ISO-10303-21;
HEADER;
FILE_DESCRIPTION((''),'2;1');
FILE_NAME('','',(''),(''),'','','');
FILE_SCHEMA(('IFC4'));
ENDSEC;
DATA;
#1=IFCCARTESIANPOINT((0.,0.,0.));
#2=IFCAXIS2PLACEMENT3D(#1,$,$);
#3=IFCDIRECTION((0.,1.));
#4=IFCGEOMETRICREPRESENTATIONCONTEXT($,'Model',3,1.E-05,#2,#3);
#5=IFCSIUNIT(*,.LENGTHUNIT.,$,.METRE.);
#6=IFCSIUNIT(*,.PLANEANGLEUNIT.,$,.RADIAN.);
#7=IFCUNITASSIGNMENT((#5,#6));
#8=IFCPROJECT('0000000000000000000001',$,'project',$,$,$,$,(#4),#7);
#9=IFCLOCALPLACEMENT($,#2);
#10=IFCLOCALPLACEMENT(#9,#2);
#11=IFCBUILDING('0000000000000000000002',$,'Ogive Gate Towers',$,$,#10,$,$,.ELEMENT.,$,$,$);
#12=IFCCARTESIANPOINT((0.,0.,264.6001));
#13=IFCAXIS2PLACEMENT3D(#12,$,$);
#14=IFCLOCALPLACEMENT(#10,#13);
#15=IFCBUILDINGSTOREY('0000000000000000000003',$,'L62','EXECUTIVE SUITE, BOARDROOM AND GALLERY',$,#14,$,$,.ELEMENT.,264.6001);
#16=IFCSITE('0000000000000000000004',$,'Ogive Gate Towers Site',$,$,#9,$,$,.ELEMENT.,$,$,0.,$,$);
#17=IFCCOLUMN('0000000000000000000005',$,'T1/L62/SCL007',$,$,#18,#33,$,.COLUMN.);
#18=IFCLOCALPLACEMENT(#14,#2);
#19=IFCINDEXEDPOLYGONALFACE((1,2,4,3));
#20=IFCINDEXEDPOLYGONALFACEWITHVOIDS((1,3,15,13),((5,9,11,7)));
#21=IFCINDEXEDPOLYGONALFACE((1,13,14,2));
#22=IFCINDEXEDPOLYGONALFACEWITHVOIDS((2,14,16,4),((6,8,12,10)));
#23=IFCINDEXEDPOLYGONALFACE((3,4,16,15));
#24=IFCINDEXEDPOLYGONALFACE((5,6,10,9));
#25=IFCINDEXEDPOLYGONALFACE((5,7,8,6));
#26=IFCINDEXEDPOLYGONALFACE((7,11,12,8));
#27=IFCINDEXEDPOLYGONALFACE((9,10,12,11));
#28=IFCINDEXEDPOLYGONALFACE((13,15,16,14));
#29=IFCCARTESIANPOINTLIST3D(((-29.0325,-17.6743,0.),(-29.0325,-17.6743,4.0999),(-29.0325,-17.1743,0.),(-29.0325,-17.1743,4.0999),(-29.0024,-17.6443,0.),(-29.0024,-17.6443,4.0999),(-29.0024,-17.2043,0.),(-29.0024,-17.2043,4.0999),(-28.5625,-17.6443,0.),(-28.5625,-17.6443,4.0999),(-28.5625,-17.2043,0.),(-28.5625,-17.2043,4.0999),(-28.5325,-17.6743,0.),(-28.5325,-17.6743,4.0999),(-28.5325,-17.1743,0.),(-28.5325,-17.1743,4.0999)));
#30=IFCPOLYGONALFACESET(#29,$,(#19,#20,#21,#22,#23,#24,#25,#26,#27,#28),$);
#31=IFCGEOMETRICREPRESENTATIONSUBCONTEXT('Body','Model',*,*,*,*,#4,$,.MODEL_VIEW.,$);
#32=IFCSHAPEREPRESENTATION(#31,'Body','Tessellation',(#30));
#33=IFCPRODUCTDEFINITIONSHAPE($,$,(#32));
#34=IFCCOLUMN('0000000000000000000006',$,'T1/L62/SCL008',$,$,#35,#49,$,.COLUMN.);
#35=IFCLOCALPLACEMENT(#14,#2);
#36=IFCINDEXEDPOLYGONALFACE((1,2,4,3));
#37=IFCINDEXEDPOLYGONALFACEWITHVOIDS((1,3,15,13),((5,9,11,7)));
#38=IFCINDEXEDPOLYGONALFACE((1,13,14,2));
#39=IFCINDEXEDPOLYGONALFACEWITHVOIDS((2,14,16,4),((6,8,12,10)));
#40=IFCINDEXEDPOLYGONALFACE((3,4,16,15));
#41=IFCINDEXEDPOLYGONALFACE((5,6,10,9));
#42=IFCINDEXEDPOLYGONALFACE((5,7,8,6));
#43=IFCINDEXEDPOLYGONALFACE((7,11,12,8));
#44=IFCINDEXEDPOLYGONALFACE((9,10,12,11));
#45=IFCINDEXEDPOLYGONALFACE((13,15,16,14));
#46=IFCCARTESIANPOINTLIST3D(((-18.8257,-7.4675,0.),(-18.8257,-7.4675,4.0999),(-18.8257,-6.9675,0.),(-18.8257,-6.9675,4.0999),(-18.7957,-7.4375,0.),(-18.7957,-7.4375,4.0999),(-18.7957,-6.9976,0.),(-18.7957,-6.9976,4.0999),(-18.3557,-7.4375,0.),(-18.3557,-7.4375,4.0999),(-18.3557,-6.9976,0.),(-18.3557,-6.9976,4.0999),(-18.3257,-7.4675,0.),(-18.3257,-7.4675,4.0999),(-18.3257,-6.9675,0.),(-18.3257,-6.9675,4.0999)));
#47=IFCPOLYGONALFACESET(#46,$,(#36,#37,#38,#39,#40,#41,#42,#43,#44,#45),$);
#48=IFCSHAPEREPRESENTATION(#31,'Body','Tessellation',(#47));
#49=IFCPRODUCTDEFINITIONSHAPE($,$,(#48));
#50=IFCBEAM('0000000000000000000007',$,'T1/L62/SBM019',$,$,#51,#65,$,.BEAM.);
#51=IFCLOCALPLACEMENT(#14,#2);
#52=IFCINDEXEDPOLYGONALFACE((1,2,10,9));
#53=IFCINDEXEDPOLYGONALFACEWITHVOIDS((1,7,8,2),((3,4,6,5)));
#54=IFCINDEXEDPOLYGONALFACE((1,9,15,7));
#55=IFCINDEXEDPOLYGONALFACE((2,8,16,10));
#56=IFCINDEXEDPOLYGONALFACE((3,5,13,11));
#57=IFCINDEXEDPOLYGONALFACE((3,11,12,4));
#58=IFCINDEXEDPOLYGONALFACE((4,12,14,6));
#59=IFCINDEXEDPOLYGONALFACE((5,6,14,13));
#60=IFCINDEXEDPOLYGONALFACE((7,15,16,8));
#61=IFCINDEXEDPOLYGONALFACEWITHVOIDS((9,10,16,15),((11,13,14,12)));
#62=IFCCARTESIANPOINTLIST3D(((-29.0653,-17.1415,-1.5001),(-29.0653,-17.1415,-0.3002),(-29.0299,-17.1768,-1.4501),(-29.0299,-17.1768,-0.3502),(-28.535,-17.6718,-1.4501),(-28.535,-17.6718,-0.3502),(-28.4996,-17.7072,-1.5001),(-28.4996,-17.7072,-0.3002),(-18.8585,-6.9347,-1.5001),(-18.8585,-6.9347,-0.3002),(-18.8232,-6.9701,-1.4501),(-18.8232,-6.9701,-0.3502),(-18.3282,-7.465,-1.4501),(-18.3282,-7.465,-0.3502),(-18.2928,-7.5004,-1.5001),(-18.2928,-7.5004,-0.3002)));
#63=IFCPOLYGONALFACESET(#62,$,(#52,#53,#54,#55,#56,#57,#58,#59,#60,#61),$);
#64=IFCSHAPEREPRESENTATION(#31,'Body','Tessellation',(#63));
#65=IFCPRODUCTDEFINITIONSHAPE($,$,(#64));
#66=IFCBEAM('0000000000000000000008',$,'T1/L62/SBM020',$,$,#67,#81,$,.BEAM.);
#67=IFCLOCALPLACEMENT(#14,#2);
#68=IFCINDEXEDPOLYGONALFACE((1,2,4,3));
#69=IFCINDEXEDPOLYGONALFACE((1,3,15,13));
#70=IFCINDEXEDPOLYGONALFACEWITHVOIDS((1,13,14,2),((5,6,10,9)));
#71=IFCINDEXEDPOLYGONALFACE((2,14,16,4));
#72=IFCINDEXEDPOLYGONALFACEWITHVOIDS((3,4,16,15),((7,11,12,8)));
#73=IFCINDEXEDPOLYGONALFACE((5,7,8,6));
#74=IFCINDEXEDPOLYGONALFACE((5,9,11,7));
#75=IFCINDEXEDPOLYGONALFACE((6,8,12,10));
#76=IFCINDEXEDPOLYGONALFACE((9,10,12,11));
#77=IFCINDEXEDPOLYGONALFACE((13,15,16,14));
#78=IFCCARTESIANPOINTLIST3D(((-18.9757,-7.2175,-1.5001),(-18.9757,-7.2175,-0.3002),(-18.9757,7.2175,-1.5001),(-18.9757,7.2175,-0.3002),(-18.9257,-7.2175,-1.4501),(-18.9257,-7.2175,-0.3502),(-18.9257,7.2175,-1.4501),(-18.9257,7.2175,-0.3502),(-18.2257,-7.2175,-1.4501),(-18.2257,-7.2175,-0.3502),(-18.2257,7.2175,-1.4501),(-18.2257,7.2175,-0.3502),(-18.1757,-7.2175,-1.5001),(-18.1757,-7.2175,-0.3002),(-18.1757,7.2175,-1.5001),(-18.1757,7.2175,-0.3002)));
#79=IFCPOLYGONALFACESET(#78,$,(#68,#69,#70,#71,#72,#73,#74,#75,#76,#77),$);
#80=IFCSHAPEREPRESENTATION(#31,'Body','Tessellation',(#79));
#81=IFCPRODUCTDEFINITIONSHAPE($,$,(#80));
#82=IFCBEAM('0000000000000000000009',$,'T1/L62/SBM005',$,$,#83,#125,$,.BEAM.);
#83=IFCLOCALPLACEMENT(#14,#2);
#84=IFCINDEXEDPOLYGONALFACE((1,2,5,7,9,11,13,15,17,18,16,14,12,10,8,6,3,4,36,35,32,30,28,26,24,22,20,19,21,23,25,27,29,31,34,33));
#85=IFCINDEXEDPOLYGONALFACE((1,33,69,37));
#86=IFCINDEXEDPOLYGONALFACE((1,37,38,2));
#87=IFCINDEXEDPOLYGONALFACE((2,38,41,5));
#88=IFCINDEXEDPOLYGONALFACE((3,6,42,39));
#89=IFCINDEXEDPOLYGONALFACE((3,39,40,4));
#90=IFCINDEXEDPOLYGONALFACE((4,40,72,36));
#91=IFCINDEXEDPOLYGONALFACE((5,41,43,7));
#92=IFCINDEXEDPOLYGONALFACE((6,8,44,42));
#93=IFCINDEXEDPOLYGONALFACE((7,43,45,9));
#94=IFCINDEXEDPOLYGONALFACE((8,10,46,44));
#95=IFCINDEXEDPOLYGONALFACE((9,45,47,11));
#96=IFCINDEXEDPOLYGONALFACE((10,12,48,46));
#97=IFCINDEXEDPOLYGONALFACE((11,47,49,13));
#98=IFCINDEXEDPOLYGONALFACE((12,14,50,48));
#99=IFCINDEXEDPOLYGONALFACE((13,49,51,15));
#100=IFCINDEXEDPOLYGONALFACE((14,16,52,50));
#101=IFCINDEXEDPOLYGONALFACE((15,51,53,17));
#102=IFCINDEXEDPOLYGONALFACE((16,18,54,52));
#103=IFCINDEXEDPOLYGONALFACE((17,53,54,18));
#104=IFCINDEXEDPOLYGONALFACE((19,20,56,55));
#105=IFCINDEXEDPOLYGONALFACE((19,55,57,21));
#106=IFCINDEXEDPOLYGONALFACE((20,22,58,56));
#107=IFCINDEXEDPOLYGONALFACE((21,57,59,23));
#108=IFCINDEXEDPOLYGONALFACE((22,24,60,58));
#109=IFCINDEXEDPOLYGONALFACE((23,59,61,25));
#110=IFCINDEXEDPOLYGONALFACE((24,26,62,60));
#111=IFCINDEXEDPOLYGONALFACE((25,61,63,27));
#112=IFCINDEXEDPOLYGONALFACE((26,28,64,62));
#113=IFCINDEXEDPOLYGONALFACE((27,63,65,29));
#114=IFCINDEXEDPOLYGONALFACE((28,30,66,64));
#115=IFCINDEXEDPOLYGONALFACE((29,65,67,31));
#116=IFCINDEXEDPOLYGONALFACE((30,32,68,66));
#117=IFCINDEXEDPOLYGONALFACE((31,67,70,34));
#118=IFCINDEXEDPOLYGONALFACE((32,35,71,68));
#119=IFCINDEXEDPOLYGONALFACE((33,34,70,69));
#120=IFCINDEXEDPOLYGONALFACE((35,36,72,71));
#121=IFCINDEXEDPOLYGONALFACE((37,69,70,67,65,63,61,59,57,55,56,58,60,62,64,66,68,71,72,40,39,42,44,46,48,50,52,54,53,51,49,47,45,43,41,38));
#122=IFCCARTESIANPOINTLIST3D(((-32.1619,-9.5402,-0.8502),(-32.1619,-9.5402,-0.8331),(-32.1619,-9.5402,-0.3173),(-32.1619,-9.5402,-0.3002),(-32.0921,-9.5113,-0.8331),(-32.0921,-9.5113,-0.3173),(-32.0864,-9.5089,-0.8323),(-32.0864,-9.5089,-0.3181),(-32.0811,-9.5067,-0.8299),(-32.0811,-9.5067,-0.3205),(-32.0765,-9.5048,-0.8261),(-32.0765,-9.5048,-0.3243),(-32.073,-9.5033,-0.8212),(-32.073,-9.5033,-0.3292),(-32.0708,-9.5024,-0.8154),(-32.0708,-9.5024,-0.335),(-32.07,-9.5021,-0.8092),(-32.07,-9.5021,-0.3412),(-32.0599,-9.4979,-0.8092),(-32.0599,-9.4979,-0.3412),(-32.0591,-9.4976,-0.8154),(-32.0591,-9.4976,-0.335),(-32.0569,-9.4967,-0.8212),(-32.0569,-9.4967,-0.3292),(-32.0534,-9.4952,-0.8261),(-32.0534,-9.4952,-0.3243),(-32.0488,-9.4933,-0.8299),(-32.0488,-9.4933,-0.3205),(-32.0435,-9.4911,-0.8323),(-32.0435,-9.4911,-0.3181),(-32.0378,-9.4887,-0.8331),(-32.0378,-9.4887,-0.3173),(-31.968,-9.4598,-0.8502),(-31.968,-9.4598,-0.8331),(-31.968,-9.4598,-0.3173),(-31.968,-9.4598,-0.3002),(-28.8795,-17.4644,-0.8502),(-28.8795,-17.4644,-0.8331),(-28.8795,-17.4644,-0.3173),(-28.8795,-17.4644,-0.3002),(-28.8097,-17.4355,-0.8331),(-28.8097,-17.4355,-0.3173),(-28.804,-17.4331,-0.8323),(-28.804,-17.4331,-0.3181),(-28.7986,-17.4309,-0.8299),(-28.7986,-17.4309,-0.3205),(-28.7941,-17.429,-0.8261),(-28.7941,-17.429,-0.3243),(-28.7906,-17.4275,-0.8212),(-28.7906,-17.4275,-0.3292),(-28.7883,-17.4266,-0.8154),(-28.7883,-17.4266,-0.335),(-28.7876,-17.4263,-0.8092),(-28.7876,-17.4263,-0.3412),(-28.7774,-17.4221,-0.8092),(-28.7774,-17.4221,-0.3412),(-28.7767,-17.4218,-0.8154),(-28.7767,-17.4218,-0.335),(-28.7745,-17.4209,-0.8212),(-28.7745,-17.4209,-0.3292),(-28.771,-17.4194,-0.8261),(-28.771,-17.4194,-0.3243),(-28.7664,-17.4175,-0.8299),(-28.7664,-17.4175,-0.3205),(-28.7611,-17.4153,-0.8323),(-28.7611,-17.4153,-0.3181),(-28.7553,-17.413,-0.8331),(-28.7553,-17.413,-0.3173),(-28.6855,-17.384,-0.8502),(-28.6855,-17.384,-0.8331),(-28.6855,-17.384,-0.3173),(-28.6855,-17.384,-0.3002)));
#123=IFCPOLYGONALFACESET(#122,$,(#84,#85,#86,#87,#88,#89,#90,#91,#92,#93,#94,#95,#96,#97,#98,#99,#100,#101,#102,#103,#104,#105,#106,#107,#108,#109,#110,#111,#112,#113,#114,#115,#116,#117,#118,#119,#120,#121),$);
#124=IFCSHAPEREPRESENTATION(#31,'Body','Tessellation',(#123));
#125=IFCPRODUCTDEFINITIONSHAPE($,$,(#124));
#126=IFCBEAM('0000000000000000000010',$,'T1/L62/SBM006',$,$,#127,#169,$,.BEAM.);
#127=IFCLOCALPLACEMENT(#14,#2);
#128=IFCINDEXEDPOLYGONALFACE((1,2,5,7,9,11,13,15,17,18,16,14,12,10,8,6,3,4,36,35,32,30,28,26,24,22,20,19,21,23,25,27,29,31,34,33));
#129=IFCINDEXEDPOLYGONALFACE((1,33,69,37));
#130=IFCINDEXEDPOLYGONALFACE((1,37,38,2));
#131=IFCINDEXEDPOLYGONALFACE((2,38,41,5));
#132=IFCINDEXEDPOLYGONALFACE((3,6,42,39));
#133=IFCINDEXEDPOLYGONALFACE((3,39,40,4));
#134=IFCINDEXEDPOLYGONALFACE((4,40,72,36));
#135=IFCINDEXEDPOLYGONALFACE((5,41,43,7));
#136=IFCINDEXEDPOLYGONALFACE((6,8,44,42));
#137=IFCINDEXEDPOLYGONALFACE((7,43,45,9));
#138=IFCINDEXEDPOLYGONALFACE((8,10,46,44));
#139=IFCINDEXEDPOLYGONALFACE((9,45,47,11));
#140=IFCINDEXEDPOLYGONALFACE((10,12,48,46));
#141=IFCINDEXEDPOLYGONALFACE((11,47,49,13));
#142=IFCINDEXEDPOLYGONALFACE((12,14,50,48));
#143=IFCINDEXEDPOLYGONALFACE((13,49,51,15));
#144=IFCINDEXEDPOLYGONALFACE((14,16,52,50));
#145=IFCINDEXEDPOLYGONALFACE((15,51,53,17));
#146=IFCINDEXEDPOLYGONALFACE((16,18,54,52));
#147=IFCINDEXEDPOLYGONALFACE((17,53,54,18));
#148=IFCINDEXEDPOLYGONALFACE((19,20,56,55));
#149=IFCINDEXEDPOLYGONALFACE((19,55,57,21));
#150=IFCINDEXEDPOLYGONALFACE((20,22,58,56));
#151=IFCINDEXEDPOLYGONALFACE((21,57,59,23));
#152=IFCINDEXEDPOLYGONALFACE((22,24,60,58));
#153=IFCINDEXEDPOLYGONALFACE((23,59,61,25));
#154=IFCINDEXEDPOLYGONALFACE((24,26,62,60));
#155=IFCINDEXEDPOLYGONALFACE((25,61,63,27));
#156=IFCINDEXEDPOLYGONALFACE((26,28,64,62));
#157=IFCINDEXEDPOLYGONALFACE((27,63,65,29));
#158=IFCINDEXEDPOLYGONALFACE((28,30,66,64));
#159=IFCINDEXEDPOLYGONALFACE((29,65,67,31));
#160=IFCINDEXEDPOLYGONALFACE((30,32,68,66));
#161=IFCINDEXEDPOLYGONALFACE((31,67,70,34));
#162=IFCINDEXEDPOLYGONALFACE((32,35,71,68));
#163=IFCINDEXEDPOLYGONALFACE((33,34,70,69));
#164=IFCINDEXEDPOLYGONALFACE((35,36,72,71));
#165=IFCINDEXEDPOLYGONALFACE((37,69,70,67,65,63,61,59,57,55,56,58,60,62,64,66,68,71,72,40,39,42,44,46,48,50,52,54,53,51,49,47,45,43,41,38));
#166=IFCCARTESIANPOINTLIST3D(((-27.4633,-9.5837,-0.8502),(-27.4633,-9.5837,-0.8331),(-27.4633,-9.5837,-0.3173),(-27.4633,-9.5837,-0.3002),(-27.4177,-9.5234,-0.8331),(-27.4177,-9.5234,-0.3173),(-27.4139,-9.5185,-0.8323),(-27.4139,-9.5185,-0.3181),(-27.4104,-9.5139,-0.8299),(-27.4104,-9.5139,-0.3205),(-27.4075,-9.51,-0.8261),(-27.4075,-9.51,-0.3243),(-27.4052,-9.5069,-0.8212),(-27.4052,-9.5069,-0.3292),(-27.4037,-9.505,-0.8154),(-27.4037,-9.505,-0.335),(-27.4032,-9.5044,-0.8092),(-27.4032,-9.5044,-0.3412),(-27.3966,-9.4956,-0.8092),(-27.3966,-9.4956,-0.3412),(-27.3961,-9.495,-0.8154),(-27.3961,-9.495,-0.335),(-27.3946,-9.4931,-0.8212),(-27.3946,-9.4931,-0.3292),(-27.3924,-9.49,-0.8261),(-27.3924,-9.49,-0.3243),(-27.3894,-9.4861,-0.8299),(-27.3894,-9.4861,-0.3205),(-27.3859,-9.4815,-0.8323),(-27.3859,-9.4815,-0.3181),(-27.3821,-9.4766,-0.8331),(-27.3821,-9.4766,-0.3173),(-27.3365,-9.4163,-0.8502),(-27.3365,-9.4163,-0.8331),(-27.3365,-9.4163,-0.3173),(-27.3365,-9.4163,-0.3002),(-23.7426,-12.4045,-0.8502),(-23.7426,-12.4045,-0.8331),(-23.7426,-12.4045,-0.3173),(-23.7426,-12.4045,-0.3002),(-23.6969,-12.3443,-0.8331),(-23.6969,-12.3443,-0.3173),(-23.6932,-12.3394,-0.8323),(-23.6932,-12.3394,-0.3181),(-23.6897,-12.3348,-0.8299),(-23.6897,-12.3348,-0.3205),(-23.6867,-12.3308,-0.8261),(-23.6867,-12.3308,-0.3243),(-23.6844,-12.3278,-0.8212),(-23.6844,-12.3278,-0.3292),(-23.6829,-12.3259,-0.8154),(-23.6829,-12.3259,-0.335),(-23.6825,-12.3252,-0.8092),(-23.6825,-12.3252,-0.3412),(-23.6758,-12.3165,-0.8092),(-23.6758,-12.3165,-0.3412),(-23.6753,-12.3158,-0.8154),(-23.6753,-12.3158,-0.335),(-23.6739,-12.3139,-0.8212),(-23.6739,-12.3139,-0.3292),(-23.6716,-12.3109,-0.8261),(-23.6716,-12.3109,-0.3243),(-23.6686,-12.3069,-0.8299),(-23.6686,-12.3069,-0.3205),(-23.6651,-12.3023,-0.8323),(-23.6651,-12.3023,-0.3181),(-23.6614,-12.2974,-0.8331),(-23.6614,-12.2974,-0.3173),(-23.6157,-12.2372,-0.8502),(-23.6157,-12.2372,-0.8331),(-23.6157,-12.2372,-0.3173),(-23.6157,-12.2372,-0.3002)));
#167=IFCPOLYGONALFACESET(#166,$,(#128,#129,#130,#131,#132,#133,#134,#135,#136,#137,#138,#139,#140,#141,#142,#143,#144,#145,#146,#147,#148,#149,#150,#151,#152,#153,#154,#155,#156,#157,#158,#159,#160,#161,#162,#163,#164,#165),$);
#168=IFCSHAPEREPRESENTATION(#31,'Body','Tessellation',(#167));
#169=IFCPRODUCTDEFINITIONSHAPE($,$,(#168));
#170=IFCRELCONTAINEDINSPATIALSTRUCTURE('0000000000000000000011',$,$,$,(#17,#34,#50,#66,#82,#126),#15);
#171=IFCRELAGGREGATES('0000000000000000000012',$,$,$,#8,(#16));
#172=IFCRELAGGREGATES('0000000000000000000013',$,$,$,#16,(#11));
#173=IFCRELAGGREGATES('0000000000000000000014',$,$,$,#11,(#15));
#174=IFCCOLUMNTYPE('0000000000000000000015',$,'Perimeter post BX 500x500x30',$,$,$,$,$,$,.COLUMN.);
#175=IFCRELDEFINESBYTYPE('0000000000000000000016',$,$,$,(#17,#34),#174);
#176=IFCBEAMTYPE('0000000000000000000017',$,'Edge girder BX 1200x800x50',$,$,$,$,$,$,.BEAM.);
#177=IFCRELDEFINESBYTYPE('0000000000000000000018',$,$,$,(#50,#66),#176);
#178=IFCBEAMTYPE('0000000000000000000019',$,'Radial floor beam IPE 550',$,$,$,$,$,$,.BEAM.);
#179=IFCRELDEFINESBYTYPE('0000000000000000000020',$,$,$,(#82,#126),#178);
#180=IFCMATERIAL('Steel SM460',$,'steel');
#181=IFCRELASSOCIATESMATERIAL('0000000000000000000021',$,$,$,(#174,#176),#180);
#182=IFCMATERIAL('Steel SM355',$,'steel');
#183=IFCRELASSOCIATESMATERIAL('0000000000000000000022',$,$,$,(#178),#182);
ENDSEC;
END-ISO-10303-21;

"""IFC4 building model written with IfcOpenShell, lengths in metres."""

from ifc_helpers import new_model, si_unit, direction, frame, origin, origin_2d, place, context, subcontext, project, spatial, hollow_rectangle, i_section, extrude, material, material_profile, profile_set, type_object, element, save


model = new_model("IFC4")

# Units and contexts
model_context = context("Model", 3, precision=1e-05, world=origin(), true_north=direction((0.0, 1.0)))
body_context = subcontext(model_context, "Body", "Model", "MODEL_VIEW")
ifc_project = project(units=[si_unit("LENGTHUNIT", "METRE"), si_unit("PLANEANGLEUNIT", "RADIAN")], contexts=[model_context])

# Site, building, storey
site_placement = place(None, origin())
site = spatial("IfcSite", under=ifc_project, at=site_placement, Name="Ogive Gate Towers Site", CompositionType="ELEMENT", RefElevation=0.0)
building_placement = place(site_placement, origin())
building = spatial("IfcBuilding", under=site, at=building_placement, Name="Ogive Gate Towers", CompositionType="ELEMENT")
storey_placement = place(building_placement, frame((0.0, 0.0, 264.6001)))
storey = spatial("IfcBuildingStorey", under=building, at=storey_placement, Name="L62", Description="EXECUTIVE SUITE, BOARDROOM AND GALLERY", CompositionType="ELEMENT", Elevation=264.6001)

# Columns
ifc_material_1 = material(Name="Steel SM460", Category="steel")
ifc_material_profile_1 = material_profile(ifc_material_1, hollow_rectangle(XDim=0.5, YDim=0.5, WallThickness=0.03, at=origin_2d()), Name="BX 500x500x30")
ifc_profile_set_1 = profile_set([ifc_material_profile_1], Name="Steel SM460")
column_type = type_object("IfcColumnType", Name="Perimeter post BX 500x500x30", PredefinedType="COLUMN", material=ifc_profile_set_1)
for number, where, z_axis, x_axis, name in (
    (1, (-28.7825, -17.4243, 0.0), (0.0, 0.0, 1.0), (1.0, 0.0, 0.0), "T1/L62/SCL007"),
    (2, (-18.5757, -7.2175, 0.0), (0.0, 0.0, 1.0), (1.0, 0.0, 0.0), "T1/L62/SCL008"),
):
    element("IfcColumn", number, at=place(storey_placement, frame(where, z_axis=z_axis, x_axis=x_axis)), inside=storey, type_object=column_type, Name=name, PredefinedType="COLUMN", context=body_context, shape_type="SweptSolid", body=[
        extrude(hollow_rectangle(XDim=0.5, YDim=0.5, WallThickness=0.03, at=origin_2d()), origin(), (0.0, 0.0, 1.0), 4.0999),
    ])

# Beams
ifc_material_profile_2 = material_profile(ifc_material_1, hollow_rectangle(XDim=0.8, YDim=1.2, WallThickness=0.05, at=origin_2d()), Name="BX 1200x800x50")
ifc_profile_set_2 = profile_set([ifc_material_profile_2], Name="Steel SM460")
beam_type_1 = type_object("IfcBeamType", Name="Edge girder BX 1200x800x50", PredefinedType="BEAM", material=ifc_profile_set_2)
beam_1_placement = place(storey_placement, frame((-28.7825, -17.4243, -0.9001), z_axis=(0.707107, 0.707107, 0.0), x_axis=(-0.707107, 0.707107, 0.0)))
element("IfcBeam", 3, at=beam_1_placement, inside=storey, type_object=beam_type_1, Name="T1/L62/SBM019", PredefinedType="BEAM", context=body_context, shape_type="SweptSolid", body=[
    extrude(hollow_rectangle(XDim=0.8, YDim=1.2, WallThickness=0.05, at=origin_2d()), origin(), (0.0, 0.0, 1.0), 14.4346),
])
beam_2_placement = place(storey_placement, frame((-18.5757, -7.2175, -0.9001), z_axis=(0.0, 1.0, 0.0), x_axis=(-1.0, 0.0, 0.0)))
element("IfcBeam", 4, at=beam_2_placement, inside=storey, type_object=beam_type_1, Name="T1/L62/SBM020", PredefinedType="BEAM", context=body_context, shape_type="SweptSolid", body=[
    extrude(hollow_rectangle(XDim=0.8, YDim=1.2, WallThickness=0.05, at=origin_2d()), origin(), (0.0, 0.0, 1.0), 14.4351),
])
ifc_material_2 = material(Name="Steel SM355", Category="steel")
ifc_material_profile_3 = material_profile(ifc_material_2, i_section(OverallWidth=0.21, OverallDepth=0.55, WebThickness=0.011, FlangeThickness=0.0171, FilletRadius=0.0239, at=origin_2d()), Name="IPE 550")
ifc_profile_set_3 = profile_set([ifc_material_profile_3], Name="Steel SM355")
beam_type_2 = type_object("IfcBeamType", Name="Radial floor beam IPE 550", PredefinedType="BEAM", material=ifc_profile_set_3)
beam_3_placement = place(storey_placement, frame((-32.0649, -9.5, -0.5752), z_axis=(0.382695, -0.923875, 0.0), x_axis=(0.923875, 0.382695, 0.0)))
element("IfcBeam", 5, at=beam_3_placement, inside=storey, type_object=beam_type_2, Name="T1/L62/SBM005", PredefinedType="BEAM", context=body_context, shape_type="SweptSolid", body=[
    extrude(i_section(OverallWidth=0.21, OverallDepth=0.55, WebThickness=0.011, FlangeThickness=0.0171, FilletRadius=0.0239, at=origin_2d()), origin(), (0.0, 0.0, 1.0), 8.5771),
])
beam_4_placement = place(storey_placement, frame((-27.3999, -9.5, -0.5752), z_axis=(0.796877, -0.604142, 0.0), x_axis=(0.604142, 0.796877, 0.0)))
element("IfcBeam", 6, at=beam_4_placement, inside=storey, type_object=beam_type_2, Name="T1/L62/SBM006", PredefinedType="BEAM", context=body_context, shape_type="SweptSolid", body=[
    extrude(i_section(OverallWidth=0.21, OverallDepth=0.55, WebThickness=0.011, FlangeThickness=0.0171, FilletRadius=0.0239, at=origin_2d()), origin(), (0.0, 0.0, 1.0), 4.6692),
])

save(model, "model.ifc")
